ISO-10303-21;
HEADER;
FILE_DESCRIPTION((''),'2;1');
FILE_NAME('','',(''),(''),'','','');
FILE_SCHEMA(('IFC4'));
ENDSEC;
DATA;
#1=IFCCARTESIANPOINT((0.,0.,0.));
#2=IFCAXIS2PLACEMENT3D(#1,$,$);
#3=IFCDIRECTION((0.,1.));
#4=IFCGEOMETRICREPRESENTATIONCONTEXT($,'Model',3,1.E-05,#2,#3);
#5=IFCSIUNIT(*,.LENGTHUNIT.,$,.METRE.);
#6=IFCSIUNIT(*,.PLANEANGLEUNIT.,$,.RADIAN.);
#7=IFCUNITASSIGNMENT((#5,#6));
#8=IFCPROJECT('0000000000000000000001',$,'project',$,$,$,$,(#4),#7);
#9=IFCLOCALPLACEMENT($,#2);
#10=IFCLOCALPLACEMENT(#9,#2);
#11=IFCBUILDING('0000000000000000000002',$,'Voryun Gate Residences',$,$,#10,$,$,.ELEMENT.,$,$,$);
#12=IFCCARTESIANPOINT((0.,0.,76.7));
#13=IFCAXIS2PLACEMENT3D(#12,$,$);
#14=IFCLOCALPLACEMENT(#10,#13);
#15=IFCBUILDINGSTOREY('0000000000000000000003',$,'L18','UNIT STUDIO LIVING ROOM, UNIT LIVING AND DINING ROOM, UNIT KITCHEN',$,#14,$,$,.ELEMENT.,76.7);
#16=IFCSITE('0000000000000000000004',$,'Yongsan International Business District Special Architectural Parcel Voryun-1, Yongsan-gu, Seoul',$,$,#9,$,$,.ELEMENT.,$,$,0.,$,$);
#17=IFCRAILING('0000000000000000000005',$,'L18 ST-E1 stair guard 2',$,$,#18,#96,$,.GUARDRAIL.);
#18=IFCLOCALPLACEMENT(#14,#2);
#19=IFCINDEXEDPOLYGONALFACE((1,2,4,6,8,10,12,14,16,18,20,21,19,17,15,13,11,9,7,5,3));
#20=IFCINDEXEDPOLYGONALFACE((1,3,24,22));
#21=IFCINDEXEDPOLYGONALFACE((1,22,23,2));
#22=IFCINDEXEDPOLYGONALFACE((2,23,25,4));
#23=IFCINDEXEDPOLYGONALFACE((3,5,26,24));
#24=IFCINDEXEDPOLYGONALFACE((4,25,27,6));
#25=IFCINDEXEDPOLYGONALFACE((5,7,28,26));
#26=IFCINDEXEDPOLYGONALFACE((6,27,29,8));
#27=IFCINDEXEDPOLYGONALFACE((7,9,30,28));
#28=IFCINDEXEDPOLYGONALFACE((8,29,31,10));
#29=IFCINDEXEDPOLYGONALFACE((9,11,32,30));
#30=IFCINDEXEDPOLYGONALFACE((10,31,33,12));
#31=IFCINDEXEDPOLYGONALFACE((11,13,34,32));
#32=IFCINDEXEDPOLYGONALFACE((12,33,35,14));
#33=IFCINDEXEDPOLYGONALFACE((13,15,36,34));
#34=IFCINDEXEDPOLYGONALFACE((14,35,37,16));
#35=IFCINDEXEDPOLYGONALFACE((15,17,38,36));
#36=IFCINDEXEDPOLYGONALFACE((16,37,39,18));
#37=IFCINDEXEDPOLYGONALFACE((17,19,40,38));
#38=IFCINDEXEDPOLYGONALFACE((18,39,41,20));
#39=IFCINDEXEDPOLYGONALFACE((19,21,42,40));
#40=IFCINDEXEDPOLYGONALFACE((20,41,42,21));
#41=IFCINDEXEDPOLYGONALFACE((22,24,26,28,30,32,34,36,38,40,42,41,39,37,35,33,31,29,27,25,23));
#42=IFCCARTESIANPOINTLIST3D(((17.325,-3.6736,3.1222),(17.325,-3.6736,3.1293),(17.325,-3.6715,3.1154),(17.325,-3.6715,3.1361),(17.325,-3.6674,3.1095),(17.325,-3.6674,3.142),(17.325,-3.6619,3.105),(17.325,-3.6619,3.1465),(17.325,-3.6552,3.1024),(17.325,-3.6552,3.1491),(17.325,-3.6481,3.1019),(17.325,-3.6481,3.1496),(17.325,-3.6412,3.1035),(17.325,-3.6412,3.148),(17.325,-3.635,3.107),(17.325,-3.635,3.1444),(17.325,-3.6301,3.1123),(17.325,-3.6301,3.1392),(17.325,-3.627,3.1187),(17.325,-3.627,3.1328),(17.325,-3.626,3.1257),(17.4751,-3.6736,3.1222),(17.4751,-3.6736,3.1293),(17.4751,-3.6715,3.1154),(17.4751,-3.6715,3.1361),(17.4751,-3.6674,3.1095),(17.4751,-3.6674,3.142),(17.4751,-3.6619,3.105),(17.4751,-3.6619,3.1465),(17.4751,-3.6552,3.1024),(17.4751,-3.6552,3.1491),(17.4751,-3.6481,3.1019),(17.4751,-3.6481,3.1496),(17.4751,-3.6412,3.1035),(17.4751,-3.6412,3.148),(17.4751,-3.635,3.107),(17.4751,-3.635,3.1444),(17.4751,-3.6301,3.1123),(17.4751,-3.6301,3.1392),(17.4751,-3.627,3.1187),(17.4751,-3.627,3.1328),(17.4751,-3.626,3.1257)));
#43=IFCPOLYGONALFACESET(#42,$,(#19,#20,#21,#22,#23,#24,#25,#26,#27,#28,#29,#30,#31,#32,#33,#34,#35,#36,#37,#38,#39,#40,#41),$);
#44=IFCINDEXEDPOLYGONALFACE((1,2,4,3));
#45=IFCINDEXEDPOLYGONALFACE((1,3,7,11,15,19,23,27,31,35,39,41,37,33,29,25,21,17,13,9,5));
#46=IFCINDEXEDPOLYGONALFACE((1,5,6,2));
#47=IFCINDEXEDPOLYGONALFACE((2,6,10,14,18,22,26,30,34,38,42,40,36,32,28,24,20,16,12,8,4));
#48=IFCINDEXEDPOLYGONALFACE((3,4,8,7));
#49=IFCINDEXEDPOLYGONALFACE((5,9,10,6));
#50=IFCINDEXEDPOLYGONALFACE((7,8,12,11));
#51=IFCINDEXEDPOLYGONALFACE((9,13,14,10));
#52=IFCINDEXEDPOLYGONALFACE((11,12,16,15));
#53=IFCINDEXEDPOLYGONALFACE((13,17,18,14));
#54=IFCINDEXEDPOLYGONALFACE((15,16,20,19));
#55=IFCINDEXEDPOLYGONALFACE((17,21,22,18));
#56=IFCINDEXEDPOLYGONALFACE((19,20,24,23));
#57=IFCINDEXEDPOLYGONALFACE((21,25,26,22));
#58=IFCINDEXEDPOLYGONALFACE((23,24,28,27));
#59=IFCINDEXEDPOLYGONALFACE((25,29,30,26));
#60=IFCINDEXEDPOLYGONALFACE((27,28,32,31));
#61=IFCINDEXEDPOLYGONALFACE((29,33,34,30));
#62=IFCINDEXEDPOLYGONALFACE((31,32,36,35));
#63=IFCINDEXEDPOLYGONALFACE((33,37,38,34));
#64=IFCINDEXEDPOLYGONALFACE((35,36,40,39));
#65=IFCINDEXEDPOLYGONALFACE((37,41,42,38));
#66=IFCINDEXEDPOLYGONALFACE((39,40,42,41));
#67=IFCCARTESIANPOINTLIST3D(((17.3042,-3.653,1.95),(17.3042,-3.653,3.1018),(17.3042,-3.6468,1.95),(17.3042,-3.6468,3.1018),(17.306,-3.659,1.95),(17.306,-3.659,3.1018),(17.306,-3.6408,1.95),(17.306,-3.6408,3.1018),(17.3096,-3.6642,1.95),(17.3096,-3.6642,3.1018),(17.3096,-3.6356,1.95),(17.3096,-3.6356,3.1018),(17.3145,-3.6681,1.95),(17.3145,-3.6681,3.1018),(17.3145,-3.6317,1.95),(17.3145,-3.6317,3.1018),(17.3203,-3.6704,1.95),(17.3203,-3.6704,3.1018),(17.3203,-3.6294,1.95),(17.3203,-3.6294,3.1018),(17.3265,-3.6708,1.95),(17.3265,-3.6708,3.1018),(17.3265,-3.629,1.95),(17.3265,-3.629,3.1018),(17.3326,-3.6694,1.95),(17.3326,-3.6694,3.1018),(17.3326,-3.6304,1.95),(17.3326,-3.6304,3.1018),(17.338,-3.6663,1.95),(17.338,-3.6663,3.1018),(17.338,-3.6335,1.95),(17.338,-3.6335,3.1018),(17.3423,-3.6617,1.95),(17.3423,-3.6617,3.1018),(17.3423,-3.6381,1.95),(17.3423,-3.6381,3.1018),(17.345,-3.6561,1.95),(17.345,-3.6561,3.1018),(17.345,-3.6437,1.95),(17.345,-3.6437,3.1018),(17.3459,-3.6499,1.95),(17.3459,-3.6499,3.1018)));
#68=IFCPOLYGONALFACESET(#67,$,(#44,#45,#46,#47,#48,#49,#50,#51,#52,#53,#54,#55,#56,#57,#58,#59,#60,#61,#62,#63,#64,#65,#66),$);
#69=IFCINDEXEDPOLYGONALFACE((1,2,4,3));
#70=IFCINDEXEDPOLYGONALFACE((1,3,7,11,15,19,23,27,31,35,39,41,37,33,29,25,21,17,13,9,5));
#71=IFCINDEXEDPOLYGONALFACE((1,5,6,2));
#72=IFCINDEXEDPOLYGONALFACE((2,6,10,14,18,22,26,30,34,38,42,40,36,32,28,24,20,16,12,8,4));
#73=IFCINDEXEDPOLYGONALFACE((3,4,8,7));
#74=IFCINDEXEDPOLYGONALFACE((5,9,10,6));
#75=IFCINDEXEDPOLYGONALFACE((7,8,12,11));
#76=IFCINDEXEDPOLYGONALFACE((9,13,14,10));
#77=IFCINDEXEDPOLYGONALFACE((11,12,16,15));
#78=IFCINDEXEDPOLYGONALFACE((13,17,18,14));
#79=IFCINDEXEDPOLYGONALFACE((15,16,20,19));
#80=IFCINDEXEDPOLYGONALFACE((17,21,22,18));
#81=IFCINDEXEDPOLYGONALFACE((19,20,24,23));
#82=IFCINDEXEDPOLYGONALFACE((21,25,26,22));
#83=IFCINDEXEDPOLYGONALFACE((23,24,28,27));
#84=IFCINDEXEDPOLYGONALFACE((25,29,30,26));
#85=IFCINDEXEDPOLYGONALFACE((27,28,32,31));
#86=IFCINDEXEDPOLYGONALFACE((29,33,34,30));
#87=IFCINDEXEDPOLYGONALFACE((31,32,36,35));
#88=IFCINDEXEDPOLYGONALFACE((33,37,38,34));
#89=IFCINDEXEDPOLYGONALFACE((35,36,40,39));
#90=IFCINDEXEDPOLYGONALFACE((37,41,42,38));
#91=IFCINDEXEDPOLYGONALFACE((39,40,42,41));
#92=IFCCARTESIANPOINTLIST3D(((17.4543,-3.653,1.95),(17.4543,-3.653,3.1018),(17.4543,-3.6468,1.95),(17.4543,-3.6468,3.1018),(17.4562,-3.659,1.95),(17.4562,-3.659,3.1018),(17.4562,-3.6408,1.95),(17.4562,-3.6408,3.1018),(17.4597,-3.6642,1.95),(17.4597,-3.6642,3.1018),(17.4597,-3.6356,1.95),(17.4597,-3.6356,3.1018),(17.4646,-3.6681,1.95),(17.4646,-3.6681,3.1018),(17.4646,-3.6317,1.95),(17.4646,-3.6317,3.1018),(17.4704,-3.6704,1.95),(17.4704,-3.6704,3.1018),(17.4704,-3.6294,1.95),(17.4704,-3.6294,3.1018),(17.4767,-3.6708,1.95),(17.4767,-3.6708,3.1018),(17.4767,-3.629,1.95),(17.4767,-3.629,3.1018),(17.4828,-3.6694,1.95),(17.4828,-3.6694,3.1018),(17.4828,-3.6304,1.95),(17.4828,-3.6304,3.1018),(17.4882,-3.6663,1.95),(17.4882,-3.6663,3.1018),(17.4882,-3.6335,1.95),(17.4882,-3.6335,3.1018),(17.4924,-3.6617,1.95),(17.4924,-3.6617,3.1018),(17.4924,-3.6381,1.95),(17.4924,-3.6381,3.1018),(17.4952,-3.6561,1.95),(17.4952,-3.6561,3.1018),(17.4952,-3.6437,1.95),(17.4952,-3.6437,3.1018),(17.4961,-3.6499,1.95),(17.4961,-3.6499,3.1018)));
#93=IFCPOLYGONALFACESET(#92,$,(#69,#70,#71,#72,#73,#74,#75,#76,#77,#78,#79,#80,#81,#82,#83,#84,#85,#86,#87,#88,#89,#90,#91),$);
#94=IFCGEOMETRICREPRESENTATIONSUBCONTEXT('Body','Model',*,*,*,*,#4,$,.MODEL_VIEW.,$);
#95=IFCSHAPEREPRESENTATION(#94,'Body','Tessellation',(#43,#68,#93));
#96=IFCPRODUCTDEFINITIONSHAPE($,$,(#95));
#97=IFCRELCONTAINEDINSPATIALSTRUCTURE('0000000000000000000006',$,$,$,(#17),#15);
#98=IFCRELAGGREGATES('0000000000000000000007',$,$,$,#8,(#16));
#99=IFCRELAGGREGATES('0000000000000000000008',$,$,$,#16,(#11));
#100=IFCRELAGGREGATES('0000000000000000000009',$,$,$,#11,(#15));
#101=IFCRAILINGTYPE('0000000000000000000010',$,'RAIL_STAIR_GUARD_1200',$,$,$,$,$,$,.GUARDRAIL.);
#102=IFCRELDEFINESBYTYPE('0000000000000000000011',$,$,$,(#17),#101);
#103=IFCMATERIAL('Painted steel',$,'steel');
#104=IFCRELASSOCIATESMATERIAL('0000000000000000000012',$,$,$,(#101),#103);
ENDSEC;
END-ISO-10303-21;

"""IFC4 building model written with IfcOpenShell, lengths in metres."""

from ifc_helpers import new_model, si_unit, direction, frame, origin, origin_2d, place, context, subcontext, project, spatial, circle, extrude, material, type_object, element, save


model = new_model("IFC4")

# Units and contexts
model_context = context("Model", 3, precision=1e-05, world=origin(), true_north=direction((0.0, 1.0)))
body_context = subcontext(model_context, "Body", "Model", "MODEL_VIEW")
ifc_project = project(units=[si_unit("LENGTHUNIT", "METRE"), si_unit("PLANEANGLEUNIT", "RADIAN")], contexts=[model_context])

# Site, building, storey
site_placement = place(None, origin())
site = spatial("IfcSite", under=ifc_project, at=site_placement, Name="Yongsan International Business District Special Architectural Parcel Voryun-1, Yongsan-gu, Seoul", CompositionType="ELEMENT", RefElevation=0.0)
building_placement = place(site_placement, origin())
building = spatial("IfcBuilding", under=site, at=building_placement, Name="Voryun Gate Residences", CompositionType="ELEMENT")
storey_placement = place(building_placement, frame((0.0, 0.0, 76.7)))
storey = spatial("IfcBuildingStorey", under=building, at=storey_placement, Name="L18", Description="UNIT STUDIO LIVING ROOM, UNIT LIVING AND DINING ROOM, UNIT KITCHEN", CompositionType="ELEMENT", Elevation=76.7)

# Railing
ifc_material_1 = material(Name="Painted steel", Category="steel")
railing_type_1 = type_object("IfcRailingType", Name="RAIL_STAIR_GUARD_1200", PredefinedType="GUARDRAIL", material=ifc_material_1)
railing_1_placement = place(storey_placement, frame((17.325, -3.6499, 1.95)))
element("IfcRailing", 1, at=railing_1_placement, inside=storey, type_object=railing_type_1, Name="L18 ST-E1 stair guard 2", PredefinedType="GUARDRAIL", context=body_context, shape_type="SweptSolid", body=[
    extrude(circle(Radius=0.0239, at=origin_2d()), frame((0.0, 0.0, 1.1758), z_axis=(1.0, 0.0, 0.0), x_axis=(0.0, 1.0, 0.0)), (0.0, 0.0, 1.0), 0.1501),
    extrude(circle(Radius=0.021, at=origin_2d()), origin(), (0.0, 0.0, 1.0), 1.1519),
    extrude(circle(Radius=0.021, at=origin_2d()), frame((0.1501, 0.0, 0.0)), (0.0, 0.0, 1.0), 1.1519),
])

save(model, "model.ifc")
